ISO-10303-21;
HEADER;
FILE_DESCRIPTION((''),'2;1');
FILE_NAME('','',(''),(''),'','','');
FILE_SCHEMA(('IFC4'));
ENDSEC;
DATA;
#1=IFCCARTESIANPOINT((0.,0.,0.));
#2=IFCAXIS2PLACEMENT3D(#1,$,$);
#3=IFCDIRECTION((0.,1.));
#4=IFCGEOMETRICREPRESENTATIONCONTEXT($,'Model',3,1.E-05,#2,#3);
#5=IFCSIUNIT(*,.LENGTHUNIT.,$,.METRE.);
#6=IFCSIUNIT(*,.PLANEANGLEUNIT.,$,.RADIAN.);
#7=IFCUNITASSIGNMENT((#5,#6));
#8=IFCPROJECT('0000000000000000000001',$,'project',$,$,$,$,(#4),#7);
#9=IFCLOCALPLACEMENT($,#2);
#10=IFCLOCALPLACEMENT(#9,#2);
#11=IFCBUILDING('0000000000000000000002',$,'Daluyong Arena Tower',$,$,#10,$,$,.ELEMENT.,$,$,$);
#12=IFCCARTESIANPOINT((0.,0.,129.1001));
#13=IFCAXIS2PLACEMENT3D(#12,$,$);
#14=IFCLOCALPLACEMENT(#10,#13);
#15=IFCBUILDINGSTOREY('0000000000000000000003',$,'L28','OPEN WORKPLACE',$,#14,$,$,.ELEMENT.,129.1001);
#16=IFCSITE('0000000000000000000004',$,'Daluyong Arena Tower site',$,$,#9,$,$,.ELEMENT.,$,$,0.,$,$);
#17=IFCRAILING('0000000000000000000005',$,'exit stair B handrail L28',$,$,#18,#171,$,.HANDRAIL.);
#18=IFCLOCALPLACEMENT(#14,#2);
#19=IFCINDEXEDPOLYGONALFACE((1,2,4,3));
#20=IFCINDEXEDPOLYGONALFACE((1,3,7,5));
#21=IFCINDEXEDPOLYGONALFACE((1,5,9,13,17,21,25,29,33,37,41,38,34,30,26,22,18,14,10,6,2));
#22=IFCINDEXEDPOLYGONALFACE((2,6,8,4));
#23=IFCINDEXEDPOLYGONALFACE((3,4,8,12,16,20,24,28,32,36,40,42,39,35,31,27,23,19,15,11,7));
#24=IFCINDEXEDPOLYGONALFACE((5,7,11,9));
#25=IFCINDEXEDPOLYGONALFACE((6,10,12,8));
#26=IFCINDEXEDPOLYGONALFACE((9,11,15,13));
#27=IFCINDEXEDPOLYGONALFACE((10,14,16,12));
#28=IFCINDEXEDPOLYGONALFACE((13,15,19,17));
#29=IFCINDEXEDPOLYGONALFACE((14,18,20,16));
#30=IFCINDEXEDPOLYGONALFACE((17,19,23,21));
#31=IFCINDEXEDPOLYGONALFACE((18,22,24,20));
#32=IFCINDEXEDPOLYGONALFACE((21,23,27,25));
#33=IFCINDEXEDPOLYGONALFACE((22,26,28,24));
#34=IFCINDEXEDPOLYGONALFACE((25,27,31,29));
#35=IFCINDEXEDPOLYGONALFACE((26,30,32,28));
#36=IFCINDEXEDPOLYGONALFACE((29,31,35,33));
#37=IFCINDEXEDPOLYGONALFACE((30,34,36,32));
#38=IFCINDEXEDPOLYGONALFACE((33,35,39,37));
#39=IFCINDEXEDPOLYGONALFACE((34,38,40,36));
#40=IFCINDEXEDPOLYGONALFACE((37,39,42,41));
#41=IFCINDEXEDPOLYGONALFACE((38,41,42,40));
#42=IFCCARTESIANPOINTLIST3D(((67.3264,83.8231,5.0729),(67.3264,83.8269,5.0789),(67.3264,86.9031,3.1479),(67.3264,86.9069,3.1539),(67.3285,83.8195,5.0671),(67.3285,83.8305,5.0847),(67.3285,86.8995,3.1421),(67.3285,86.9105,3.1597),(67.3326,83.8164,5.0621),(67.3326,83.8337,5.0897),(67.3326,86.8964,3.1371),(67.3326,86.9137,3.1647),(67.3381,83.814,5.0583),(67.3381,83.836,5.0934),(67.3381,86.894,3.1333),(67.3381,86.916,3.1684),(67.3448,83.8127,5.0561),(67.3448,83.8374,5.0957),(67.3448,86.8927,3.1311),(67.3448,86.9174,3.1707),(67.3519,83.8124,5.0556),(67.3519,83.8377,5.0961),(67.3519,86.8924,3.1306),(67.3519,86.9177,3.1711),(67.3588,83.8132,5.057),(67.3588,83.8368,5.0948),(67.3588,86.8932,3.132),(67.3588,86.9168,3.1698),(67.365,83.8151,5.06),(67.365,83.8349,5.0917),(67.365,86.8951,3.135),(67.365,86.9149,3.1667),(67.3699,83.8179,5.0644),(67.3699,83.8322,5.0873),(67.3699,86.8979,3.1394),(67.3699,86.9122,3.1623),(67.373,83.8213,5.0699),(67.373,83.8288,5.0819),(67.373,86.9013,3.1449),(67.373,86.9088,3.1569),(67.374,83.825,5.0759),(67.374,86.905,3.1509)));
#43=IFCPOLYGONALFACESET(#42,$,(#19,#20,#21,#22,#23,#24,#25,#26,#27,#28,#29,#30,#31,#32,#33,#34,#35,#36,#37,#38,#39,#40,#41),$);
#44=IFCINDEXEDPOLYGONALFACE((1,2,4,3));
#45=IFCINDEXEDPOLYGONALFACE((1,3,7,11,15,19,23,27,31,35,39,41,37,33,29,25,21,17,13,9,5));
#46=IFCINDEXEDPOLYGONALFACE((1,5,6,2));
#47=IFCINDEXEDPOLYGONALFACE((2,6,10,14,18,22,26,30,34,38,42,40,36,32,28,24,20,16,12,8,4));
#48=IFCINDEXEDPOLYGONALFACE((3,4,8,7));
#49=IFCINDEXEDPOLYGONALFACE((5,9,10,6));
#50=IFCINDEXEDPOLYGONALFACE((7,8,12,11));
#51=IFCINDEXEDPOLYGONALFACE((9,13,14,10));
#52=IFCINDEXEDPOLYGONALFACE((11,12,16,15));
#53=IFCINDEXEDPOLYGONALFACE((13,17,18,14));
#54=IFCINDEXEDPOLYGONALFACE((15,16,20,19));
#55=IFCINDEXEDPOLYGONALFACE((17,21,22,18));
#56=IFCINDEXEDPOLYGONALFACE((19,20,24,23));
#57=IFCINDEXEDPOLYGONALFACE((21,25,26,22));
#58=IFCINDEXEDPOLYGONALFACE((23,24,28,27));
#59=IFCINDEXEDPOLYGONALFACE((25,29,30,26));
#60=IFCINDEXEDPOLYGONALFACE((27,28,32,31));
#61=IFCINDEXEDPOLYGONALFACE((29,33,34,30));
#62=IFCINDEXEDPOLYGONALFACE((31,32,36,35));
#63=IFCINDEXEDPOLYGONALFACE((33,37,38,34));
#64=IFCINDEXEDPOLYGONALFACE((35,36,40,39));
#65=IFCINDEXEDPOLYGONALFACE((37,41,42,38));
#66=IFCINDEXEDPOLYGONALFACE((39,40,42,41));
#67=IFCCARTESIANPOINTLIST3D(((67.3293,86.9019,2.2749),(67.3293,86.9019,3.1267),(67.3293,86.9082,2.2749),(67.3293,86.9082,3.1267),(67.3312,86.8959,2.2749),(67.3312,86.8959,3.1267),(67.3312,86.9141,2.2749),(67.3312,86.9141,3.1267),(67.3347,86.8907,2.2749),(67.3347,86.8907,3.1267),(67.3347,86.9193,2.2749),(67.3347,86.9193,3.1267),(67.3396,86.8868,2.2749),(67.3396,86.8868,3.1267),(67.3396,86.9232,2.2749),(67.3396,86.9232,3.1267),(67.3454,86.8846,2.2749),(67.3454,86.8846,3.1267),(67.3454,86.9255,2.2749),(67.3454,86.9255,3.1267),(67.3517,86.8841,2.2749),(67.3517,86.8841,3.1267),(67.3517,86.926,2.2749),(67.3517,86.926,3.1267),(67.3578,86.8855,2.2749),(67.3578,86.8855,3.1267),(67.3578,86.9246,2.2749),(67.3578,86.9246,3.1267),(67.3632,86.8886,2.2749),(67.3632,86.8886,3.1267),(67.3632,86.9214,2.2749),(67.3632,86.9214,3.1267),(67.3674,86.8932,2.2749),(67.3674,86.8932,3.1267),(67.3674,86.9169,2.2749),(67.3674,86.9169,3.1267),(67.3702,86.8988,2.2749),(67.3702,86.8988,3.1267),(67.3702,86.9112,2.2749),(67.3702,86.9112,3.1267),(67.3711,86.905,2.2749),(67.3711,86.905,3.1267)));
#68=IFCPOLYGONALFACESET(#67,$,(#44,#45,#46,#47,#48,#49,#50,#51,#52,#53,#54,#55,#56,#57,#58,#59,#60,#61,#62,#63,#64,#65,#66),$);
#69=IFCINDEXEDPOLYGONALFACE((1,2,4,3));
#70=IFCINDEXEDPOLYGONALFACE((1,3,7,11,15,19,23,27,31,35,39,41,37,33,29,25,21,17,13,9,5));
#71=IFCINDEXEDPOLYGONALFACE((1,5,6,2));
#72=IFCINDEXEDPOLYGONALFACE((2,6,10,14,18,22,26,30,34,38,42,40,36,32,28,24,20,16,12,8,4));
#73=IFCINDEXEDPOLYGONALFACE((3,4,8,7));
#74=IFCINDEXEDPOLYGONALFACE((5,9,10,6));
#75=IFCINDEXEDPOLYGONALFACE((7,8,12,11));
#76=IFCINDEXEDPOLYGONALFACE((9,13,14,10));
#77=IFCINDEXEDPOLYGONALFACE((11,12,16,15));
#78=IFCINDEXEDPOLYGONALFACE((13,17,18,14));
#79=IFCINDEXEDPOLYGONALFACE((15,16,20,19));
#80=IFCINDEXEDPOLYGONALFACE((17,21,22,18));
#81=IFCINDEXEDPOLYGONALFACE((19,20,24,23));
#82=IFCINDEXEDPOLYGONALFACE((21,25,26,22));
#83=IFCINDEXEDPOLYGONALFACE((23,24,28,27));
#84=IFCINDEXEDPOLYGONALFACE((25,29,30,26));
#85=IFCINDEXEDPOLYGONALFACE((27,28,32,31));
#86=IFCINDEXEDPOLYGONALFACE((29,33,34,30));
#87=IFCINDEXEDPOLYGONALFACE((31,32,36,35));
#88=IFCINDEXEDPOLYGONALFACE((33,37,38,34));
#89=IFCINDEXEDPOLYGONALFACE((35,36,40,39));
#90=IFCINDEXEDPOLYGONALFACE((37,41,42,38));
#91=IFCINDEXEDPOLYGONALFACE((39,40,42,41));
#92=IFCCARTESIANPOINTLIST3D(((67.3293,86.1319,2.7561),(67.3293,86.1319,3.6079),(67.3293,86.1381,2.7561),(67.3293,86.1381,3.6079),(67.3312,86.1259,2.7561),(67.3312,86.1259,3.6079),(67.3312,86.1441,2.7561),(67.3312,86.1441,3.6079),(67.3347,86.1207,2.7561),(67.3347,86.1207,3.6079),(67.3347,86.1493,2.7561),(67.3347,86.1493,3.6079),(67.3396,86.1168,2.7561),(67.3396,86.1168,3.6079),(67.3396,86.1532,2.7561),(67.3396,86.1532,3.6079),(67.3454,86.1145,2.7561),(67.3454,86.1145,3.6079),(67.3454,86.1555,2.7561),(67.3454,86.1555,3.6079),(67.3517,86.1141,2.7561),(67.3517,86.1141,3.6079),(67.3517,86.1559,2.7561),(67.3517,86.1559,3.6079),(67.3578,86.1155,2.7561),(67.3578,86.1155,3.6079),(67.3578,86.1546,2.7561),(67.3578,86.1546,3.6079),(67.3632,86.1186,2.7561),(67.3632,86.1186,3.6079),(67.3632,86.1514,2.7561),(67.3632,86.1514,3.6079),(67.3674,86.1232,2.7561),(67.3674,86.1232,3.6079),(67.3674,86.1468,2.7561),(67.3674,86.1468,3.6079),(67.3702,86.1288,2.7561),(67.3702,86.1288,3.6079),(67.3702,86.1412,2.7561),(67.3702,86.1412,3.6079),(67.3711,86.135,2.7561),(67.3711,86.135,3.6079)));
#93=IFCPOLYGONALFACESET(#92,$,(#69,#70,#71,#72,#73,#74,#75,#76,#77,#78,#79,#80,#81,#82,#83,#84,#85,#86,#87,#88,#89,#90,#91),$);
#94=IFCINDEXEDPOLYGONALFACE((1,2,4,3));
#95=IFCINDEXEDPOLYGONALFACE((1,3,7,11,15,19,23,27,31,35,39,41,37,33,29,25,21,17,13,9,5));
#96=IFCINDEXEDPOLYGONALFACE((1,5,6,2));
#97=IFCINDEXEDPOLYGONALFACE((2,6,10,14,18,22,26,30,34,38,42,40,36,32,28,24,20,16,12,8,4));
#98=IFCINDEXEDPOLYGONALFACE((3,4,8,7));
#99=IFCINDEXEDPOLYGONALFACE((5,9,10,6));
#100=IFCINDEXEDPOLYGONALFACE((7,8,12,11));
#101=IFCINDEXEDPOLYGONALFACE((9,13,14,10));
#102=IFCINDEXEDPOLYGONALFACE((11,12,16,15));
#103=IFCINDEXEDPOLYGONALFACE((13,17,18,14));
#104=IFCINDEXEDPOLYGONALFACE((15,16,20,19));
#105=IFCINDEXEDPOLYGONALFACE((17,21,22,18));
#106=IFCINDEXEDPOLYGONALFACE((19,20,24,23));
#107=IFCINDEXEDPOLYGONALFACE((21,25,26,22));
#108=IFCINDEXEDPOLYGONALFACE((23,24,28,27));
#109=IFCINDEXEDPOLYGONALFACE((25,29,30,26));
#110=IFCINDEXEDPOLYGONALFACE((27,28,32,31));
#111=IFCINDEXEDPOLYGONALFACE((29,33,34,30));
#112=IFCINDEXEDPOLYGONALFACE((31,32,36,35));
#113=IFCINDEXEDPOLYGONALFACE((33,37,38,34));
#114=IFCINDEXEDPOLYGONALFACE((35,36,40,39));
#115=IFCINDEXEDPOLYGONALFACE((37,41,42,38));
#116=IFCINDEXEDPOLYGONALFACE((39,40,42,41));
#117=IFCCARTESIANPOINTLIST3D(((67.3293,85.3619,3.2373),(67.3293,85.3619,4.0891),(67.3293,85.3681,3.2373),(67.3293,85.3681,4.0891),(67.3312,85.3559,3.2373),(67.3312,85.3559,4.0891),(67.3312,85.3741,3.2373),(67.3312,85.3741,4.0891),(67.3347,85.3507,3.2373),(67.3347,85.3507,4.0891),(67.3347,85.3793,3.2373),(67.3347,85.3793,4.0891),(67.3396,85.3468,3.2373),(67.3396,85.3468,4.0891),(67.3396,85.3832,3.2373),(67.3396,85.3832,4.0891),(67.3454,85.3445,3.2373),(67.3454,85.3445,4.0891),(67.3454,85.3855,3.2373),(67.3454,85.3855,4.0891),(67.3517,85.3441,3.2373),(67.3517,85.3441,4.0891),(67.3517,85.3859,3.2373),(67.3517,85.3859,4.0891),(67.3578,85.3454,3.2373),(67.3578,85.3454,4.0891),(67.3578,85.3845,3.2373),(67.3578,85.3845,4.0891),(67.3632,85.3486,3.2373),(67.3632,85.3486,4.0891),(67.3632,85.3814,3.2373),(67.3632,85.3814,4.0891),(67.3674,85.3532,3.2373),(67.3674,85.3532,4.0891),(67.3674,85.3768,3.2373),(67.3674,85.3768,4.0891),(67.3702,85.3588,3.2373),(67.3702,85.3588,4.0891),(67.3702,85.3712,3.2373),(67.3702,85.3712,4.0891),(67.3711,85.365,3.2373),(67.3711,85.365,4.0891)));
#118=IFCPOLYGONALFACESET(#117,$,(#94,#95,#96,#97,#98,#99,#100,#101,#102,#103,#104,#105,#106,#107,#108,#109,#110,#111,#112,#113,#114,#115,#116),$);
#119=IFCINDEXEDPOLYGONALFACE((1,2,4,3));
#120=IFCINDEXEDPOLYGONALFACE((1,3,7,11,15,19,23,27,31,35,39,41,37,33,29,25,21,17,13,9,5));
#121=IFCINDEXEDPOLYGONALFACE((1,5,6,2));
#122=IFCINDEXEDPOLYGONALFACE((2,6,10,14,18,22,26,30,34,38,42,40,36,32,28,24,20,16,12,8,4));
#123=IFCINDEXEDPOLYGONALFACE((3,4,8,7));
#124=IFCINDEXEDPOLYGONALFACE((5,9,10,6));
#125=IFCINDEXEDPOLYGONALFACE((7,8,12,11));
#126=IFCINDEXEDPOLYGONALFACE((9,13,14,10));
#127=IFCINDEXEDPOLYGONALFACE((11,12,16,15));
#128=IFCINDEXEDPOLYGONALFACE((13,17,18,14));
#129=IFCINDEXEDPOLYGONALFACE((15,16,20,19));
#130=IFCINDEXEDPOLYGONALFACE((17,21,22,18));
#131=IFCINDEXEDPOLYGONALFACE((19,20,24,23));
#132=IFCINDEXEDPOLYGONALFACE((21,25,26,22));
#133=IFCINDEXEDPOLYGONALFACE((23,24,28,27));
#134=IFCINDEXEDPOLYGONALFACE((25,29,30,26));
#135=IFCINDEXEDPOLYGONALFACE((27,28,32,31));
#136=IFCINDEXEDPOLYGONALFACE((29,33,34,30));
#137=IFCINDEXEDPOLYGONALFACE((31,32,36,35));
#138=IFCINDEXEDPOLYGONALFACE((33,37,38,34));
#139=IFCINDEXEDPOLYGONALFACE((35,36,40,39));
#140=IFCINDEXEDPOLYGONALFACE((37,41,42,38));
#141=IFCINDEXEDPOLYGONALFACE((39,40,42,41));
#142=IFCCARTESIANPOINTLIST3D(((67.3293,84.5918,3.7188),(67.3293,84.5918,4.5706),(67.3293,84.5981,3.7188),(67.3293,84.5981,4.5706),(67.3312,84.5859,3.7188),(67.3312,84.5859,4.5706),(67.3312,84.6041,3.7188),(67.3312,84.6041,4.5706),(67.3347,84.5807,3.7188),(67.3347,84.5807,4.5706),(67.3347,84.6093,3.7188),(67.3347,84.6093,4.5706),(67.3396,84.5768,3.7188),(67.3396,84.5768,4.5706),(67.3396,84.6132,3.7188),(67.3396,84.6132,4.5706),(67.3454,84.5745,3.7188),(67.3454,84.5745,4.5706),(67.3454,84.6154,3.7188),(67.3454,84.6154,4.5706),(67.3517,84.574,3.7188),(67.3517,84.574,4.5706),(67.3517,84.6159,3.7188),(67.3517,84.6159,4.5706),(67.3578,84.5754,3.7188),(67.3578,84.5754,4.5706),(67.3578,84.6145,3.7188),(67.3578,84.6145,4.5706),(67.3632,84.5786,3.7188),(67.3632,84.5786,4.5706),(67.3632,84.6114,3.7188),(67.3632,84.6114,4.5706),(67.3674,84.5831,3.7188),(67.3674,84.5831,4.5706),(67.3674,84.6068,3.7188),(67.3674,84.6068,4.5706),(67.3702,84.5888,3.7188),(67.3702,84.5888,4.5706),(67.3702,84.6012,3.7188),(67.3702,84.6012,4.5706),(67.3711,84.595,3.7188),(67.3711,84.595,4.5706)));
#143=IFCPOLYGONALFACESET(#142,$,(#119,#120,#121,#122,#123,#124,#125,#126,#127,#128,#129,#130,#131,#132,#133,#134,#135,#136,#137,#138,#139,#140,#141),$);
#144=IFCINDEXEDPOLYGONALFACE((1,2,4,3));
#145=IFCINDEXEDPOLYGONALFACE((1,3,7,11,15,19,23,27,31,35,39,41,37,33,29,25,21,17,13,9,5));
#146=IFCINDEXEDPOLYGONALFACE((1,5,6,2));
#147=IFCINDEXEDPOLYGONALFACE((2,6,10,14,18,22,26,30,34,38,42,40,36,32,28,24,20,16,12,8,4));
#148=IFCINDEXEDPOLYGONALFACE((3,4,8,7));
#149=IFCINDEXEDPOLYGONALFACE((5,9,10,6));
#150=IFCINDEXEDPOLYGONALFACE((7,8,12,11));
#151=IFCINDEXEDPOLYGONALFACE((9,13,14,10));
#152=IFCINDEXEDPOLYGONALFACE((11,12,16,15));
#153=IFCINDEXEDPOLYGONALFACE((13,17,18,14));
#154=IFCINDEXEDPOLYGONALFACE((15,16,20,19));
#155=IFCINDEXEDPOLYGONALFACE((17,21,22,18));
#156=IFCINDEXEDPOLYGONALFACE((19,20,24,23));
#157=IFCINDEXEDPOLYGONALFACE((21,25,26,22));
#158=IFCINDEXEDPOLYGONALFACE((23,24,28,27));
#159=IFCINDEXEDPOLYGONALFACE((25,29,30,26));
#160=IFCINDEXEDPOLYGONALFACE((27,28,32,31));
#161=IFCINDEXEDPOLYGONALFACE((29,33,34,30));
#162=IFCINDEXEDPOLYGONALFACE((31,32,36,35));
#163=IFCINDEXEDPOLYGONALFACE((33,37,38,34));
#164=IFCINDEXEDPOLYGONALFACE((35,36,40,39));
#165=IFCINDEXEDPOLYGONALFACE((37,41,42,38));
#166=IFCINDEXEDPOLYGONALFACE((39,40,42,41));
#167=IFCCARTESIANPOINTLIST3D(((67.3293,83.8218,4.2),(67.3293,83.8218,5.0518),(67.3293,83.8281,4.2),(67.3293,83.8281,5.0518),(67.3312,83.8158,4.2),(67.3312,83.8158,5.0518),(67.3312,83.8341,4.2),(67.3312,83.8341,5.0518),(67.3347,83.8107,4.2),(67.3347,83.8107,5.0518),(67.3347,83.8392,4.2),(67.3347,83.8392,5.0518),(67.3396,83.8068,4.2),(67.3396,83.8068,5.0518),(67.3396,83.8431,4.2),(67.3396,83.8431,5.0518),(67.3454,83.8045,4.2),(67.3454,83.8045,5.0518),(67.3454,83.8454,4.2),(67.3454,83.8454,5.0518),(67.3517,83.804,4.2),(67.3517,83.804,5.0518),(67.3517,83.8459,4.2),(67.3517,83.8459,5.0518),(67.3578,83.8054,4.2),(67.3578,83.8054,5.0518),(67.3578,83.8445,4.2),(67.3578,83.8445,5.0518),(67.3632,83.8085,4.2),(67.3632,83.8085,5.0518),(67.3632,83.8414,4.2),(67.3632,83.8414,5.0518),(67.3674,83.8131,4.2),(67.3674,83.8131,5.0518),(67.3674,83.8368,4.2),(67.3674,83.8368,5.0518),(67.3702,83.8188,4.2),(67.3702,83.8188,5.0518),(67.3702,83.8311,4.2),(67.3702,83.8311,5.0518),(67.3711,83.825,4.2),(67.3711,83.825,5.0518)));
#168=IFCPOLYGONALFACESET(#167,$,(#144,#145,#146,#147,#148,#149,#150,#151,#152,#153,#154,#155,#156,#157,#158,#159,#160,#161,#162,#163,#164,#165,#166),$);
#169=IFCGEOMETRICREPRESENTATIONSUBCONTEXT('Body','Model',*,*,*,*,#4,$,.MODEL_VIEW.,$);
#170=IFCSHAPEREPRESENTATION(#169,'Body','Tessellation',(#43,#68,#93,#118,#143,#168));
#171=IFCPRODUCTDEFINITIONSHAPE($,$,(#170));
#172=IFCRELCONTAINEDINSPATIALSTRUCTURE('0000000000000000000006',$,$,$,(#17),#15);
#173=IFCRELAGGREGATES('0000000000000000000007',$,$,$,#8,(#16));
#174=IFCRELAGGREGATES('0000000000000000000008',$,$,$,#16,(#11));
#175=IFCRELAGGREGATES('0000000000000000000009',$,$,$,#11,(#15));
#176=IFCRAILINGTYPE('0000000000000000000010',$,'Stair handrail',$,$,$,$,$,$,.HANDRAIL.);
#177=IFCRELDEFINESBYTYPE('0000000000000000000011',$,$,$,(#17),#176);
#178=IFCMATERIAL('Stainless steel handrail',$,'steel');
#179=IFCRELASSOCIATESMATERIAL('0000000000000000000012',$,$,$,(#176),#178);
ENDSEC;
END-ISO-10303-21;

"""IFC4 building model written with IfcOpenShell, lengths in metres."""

from ifc_helpers import new_model, si_unit, direction, frame, origin, origin_2d, place, context, subcontext, project, spatial, circle, extrude, material, type_object, element, save


model = new_model("IFC4")

# Units and contexts
model_context = context("Model", 3, precision=1e-05, world=origin(), true_north=direction((0.0, 1.0)))
body_context = subcontext(model_context, "Body", "Model", "MODEL_VIEW")
ifc_project = project(units=[si_unit("LENGTHUNIT", "METRE"), si_unit("PLANEANGLEUNIT", "RADIAN")], contexts=[model_context])

# Site, building, storey
site_placement = place(None, origin())
site = spatial("IfcSite", under=ifc_project, at=site_placement, Name="Daluyong Arena Tower site", CompositionType="ELEMENT", RefElevation=0.0)
building_placement = place(site_placement, origin())
building = spatial("IfcBuilding", under=site, at=building_placement, Name="Daluyong Arena Tower", CompositionType="ELEMENT")
storey_placement = place(building_placement, frame((0.0, 0.0, 129.1001)))
storey = spatial("IfcBuildingStorey", under=building, at=storey_placement, Name="L28", Description="OPEN WORKPLACE", CompositionType="ELEMENT", Elevation=129.1001)

# Railing
ifc_material_1 = material(Name="Stainless steel handrail", Category="steel")
railing_type_1 = type_object("IfcRailingType", Name="Stair handrail", PredefinedType="HANDRAIL", material=ifc_material_1)
railing_1_placement = place(storey_placement, frame((67.3501, 86.905, 2.2749)))
element("IfcRailing", 1, at=railing_1_placement, inside=storey, type_object=railing_type_1, Name="exit stair B handrail L28", PredefinedType="HANDRAIL", context=body_context, shape_type="SweptSolid", body=[
    extrude(circle(Radius=0.0239, at=origin_2d()), frame((0.0, 0.0, 0.876), z_axis=(0.0, -0.847998, 0.529999), x_axis=(1.0, 0.0, 0.0)), (0.0, 0.0, 1.0), 3.6321),
    extrude(circle(Radius=0.021, at=origin_2d()), origin(), (0.0, 0.0, 1.0), 0.8518),
    extrude(circle(Radius=0.021, at=origin_2d()), frame((0.0, -0.77, 0.4812)), (0.0, 0.0, 1.0), 0.8518),
    extrude(circle(Radius=0.021, at=origin_2d()), frame((0.0, -1.54, 0.9624)), (0.0, 0.0, 1.0), 0.8518),
    extrude(circle(Radius=0.021, at=origin_2d()), frame((0.0, -2.3101, 1.4438)), (0.0, 0.0, 1.0), 0.8518),
    extrude(circle(Radius=0.021, at=origin_2d()), frame((0.0, -3.0801, 1.925)), (0.0, 0.0, 1.0), 0.8518),
])

save(model, "model.ifc")
